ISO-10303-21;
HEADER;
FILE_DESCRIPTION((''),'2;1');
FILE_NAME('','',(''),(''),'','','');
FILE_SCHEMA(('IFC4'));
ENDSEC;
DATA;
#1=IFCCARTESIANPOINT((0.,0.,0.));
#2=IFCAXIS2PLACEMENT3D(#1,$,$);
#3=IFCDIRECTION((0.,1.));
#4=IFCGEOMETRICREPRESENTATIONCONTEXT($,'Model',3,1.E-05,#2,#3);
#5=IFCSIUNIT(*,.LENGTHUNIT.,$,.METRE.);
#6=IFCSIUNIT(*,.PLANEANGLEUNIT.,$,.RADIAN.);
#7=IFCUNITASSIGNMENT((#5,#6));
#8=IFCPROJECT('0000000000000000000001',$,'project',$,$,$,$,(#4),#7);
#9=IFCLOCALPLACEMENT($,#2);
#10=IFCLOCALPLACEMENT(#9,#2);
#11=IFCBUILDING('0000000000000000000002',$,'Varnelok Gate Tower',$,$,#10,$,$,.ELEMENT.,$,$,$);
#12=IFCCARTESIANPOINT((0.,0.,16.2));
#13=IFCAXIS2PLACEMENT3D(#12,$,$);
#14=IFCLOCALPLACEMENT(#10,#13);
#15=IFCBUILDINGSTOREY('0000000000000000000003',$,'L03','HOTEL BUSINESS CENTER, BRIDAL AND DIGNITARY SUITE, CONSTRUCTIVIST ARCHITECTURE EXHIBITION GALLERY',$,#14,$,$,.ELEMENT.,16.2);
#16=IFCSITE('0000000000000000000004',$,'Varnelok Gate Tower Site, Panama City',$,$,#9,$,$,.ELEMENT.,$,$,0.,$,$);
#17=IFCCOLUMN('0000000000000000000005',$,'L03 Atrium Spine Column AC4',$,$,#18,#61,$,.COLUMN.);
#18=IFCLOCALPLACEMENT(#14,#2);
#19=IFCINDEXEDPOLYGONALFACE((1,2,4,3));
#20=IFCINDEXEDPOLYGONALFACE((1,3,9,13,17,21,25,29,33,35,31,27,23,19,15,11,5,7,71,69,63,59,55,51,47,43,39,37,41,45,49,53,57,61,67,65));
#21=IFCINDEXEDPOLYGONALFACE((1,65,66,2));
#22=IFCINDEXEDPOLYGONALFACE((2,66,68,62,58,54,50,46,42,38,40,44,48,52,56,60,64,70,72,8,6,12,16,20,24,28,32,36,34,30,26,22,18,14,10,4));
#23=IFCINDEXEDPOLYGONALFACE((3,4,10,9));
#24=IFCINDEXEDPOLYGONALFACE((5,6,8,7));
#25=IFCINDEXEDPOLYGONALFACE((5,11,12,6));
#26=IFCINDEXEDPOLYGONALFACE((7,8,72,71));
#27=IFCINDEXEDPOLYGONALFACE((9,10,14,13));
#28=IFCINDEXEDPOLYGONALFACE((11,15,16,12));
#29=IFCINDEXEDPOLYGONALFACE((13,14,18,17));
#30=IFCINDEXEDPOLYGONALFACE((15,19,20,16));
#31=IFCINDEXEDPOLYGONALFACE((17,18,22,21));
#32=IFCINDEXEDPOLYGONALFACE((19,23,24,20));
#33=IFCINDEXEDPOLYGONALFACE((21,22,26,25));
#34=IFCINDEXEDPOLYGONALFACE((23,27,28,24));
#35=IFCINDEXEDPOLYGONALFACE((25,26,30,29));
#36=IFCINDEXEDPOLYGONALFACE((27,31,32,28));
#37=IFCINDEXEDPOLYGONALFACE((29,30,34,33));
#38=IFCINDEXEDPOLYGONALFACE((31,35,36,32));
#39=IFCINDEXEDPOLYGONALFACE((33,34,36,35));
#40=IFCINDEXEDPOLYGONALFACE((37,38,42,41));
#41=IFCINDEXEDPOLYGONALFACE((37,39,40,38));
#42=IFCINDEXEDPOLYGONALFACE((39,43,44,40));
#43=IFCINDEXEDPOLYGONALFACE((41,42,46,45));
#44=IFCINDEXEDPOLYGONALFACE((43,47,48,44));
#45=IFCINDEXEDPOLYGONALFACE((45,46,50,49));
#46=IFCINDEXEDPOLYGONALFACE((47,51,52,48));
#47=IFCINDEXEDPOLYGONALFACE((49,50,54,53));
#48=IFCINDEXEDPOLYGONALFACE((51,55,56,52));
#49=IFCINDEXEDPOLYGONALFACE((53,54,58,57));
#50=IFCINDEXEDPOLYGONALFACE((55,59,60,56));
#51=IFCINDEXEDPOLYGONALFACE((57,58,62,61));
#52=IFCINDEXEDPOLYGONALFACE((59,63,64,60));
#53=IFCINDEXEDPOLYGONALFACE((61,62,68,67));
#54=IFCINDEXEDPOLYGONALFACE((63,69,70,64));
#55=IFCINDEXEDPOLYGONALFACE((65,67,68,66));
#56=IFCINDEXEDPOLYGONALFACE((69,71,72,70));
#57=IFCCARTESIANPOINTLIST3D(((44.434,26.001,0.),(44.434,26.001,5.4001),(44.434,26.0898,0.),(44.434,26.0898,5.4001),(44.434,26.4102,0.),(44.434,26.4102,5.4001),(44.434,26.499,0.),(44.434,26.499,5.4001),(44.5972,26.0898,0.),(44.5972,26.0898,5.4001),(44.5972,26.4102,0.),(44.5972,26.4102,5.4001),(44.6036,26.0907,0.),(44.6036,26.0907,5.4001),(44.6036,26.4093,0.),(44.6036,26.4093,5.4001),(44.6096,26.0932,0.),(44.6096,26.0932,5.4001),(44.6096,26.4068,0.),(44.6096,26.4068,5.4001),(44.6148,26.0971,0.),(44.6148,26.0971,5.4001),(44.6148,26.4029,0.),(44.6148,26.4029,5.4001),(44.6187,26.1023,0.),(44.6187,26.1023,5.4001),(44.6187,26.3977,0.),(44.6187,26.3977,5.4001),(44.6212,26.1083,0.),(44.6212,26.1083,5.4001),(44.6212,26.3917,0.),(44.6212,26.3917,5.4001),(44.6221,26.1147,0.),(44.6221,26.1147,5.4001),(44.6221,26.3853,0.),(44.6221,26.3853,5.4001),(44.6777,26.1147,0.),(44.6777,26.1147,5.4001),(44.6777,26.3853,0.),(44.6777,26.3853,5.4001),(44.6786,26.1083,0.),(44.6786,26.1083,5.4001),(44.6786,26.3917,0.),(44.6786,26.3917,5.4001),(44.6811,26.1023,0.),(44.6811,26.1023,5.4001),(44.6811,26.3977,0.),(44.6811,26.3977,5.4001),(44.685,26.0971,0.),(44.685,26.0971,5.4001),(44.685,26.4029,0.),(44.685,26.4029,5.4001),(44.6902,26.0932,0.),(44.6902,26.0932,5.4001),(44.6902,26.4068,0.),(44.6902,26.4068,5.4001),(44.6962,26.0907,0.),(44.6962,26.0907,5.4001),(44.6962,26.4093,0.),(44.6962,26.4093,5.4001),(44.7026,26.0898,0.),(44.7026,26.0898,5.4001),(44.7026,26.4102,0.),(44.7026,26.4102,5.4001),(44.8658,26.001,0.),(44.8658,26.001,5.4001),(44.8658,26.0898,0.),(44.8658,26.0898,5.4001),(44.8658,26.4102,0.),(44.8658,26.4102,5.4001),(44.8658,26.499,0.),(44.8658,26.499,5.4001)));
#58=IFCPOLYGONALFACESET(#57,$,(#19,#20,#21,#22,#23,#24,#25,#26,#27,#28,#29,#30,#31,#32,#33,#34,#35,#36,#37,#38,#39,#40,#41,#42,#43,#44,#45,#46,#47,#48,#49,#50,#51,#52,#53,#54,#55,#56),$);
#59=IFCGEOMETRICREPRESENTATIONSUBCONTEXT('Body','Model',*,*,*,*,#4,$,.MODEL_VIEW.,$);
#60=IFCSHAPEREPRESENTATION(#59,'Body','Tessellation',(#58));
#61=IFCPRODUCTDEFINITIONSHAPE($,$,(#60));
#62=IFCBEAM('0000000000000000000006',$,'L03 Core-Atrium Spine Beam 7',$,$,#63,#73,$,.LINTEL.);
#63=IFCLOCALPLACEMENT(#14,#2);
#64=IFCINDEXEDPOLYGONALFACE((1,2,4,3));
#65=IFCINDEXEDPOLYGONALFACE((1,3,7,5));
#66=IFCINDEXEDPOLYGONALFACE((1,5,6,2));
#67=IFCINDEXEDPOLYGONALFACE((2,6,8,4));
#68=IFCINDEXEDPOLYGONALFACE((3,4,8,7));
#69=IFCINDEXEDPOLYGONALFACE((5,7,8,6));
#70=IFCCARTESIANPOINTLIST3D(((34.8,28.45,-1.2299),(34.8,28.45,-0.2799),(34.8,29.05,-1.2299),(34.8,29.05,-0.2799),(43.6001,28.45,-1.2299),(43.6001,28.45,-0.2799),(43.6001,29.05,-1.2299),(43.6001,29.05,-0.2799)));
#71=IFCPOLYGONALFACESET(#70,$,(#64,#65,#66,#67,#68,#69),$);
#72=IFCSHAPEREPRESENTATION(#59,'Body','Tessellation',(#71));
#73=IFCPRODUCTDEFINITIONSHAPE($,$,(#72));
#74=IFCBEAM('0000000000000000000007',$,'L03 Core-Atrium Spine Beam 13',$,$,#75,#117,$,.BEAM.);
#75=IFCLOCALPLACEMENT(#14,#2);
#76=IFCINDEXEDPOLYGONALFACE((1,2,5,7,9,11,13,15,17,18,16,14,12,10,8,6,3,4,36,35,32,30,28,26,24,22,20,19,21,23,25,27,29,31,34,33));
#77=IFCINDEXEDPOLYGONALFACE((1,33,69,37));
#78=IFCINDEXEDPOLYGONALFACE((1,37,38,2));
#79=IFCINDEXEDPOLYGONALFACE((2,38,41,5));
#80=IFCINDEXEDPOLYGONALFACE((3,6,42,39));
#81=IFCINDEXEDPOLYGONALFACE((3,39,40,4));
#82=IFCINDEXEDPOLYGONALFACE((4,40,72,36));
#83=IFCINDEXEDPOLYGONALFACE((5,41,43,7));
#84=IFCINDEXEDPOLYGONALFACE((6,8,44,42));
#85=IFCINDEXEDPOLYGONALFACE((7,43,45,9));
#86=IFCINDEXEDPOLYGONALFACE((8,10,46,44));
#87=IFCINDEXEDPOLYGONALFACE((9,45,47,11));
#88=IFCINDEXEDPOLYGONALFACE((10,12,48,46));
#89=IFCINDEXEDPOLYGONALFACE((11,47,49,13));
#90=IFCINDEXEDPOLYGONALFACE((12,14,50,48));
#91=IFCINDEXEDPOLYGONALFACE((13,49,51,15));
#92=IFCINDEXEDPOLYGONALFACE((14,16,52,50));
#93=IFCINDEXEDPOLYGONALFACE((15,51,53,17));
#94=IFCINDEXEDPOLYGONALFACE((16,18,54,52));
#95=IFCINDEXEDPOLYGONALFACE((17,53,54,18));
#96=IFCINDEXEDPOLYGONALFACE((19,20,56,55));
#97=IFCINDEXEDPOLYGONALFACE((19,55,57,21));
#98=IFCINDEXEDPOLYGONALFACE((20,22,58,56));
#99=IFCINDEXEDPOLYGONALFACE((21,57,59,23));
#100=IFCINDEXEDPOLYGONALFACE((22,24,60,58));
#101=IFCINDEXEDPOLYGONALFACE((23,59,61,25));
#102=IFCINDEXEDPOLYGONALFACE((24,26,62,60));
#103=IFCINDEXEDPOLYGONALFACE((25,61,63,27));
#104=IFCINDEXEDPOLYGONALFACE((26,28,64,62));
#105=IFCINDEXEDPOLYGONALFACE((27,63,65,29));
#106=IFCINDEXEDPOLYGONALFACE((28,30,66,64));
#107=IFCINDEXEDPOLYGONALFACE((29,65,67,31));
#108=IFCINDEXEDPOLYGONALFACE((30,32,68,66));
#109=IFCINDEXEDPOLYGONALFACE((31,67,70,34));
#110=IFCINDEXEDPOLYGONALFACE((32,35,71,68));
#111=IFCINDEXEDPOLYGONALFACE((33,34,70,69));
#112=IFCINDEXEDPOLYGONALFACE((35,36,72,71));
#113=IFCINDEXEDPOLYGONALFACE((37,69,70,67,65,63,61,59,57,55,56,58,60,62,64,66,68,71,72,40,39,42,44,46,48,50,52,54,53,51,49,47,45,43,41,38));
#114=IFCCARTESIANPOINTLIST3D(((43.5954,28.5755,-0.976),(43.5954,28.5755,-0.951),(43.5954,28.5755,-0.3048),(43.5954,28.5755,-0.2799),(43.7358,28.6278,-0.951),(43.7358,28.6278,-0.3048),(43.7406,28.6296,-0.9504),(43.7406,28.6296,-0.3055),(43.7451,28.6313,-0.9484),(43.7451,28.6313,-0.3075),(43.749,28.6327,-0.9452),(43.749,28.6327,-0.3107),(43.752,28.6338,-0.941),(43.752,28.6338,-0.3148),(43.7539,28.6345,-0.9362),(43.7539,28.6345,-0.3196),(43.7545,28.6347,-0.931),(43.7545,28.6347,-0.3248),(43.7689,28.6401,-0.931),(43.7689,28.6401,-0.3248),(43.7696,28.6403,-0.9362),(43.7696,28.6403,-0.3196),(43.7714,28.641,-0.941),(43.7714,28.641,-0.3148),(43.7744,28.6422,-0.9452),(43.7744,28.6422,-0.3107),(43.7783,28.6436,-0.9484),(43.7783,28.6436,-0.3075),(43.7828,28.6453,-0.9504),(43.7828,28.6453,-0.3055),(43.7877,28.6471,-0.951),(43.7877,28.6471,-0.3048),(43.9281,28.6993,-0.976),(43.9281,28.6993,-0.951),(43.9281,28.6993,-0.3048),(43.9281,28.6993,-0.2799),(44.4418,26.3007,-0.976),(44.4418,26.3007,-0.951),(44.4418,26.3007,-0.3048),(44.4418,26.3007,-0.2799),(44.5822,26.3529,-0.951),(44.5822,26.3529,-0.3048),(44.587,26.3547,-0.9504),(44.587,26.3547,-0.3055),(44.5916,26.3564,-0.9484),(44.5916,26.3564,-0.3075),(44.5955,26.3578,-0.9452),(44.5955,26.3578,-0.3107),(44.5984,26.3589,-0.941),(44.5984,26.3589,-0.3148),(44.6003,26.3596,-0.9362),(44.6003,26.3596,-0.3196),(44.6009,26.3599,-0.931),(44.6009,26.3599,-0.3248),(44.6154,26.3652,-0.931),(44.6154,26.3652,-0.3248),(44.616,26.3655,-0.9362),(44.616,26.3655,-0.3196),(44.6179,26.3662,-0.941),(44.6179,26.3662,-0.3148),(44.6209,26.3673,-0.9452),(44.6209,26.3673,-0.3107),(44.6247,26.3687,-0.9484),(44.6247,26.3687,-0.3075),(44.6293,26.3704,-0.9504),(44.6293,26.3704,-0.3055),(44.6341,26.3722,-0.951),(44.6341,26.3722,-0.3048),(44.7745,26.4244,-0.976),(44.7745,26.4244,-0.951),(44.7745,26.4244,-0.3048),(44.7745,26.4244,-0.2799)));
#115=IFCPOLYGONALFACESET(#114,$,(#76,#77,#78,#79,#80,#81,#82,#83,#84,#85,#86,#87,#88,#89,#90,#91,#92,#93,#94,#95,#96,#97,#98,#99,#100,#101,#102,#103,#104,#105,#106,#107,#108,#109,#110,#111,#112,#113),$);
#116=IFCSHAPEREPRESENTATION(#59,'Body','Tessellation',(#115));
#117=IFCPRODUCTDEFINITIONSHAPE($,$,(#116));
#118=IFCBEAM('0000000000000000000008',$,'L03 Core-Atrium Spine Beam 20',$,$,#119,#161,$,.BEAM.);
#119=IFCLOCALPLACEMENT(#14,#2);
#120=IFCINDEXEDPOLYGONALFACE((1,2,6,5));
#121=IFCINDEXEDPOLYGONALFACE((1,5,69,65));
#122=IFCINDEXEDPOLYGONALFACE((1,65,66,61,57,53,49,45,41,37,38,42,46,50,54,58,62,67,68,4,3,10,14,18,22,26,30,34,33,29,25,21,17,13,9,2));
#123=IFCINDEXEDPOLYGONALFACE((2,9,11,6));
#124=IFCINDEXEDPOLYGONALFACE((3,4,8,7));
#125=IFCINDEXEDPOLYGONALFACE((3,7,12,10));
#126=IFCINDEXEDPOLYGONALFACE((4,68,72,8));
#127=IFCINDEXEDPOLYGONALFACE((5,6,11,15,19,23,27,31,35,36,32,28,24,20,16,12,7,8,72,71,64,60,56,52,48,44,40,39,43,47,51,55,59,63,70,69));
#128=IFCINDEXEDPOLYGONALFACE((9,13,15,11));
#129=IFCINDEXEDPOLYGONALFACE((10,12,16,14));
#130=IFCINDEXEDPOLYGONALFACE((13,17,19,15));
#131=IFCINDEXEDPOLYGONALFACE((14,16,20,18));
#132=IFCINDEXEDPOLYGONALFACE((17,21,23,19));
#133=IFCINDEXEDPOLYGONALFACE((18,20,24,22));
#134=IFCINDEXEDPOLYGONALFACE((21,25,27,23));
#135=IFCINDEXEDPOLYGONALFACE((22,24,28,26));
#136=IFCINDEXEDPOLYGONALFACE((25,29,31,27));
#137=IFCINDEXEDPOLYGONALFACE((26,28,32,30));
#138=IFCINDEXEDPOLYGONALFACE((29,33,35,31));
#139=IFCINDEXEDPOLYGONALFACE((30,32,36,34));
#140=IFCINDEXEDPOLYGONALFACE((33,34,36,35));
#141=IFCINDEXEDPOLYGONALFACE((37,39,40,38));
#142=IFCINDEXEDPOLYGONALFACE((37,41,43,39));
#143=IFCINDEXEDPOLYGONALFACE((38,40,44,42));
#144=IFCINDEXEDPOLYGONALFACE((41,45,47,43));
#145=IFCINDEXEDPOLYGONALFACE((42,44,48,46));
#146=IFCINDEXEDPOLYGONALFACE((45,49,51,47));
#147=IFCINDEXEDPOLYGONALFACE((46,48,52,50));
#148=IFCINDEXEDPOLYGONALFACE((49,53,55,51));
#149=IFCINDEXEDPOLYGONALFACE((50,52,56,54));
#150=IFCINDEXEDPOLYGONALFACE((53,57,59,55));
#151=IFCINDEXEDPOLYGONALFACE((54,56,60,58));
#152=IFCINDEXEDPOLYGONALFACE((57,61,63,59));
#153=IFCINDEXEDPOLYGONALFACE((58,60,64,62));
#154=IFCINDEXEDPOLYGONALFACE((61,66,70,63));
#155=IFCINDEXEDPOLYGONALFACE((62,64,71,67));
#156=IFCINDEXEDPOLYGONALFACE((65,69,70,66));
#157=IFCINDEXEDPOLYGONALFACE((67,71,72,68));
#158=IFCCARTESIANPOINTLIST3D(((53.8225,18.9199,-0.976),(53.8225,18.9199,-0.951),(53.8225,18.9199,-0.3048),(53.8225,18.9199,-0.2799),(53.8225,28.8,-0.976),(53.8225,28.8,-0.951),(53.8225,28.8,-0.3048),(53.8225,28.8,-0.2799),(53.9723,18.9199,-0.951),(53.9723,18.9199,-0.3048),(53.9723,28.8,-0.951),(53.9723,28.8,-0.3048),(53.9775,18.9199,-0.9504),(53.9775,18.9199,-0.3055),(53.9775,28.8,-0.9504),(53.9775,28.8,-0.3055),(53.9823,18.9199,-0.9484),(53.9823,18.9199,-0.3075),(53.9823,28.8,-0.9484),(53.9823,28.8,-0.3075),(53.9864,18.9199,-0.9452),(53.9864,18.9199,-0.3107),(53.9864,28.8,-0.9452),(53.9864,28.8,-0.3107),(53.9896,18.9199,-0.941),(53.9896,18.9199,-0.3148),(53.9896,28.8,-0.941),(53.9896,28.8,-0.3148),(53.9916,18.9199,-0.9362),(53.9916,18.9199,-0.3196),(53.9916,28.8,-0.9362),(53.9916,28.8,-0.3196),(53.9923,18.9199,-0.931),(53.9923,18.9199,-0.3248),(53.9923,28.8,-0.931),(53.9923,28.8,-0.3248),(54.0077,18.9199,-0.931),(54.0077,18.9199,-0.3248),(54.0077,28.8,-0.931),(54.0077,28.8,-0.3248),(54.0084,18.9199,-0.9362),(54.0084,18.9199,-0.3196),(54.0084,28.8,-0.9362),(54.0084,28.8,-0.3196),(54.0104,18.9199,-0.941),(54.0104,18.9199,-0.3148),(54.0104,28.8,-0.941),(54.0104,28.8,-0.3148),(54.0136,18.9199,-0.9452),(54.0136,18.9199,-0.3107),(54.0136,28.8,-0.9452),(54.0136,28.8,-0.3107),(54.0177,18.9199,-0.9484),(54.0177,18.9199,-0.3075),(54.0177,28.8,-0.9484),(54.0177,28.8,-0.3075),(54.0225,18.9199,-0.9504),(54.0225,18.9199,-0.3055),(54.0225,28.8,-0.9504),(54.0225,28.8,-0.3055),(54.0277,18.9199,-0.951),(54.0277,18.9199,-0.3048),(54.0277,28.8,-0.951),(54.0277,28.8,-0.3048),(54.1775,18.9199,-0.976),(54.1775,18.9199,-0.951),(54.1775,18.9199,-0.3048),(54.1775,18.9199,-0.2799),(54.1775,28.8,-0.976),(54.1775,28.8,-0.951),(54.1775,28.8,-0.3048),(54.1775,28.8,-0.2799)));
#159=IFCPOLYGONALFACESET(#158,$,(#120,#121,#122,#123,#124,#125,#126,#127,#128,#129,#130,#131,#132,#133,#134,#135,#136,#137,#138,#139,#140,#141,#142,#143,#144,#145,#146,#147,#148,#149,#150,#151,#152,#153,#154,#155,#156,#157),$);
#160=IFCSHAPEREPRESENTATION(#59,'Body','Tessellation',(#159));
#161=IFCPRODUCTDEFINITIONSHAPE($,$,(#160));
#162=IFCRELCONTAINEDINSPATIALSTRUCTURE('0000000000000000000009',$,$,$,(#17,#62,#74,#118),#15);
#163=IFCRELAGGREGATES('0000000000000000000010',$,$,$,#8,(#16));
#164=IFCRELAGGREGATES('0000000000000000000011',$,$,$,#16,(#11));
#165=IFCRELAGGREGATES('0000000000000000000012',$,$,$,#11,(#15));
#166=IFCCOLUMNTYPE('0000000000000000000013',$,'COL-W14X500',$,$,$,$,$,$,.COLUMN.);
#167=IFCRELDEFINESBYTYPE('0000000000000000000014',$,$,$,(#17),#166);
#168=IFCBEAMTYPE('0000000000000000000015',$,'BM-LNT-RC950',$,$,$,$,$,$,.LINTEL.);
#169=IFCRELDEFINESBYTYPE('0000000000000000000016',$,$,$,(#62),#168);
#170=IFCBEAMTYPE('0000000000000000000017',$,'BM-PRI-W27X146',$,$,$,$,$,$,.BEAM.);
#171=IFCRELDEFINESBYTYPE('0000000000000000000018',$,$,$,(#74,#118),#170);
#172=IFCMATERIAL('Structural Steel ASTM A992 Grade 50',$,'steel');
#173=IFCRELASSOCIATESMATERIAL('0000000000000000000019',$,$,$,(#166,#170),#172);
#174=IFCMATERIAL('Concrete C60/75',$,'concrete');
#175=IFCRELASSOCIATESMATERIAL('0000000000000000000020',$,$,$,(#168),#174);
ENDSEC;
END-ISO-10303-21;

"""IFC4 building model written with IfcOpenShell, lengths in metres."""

from ifc_helpers import new_model, si_unit, direction, frame, origin, origin_2d, place, context, subcontext, project, spatial, rectangle, i_section, extrude, material, material_profile, profile_set, type_object, element, save


model = new_model("IFC4")

# Units and contexts
model_context = context("Model", 3, precision=1e-05, world=origin(), true_north=direction((0.0, 1.0)))
body_context = subcontext(model_context, "Body", "Model", "MODEL_VIEW")
ifc_project = project(units=[si_unit("LENGTHUNIT", "METRE"), si_unit("PLANEANGLEUNIT", "RADIAN")], contexts=[model_context])

# Site, building, storey
site_placement = place(None, origin())
site = spatial("IfcSite", under=ifc_project, at=site_placement, Name="Varnelok Gate Tower Site, Panama City", CompositionType="ELEMENT", RefElevation=0.0)
building_placement = place(site_placement, origin())
building = spatial("IfcBuilding", under=site, at=building_placement, Name="Varnelok Gate Tower", CompositionType="ELEMENT")
storey_placement = place(building_placement, frame((0.0, 0.0, 16.2)))
storey = spatial("IfcBuildingStorey", under=building, at=storey_placement, Name="L03", Description="HOTEL BUSINESS CENTER, BRIDAL AND DIGNITARY SUITE, CONSTRUCTIVIST ARCHITECTURE EXHIBITION GALLERY", CompositionType="ELEMENT", Elevation=16.2)

# Column
ifc_material_1 = material(Name="Concrete C60/75", Category="concrete")
ifc_material_2 = material(Name="Structural Steel ASTM A992 Grade 50", Category="steel")
ifc_material_profile_1 = material_profile(ifc_material_2, i_section(OverallWidth=0.4319, OverallDepth=0.498, WebThickness=0.0557, FlangeThickness=0.0889, FilletRadius=0.0249, at=origin_2d()), Name="W14X500")
ifc_profile_set_1 = profile_set([ifc_material_profile_1], Name="Structural Steel ASTM A992 Grade 50")
column_type_1 = type_object("IfcColumnType", Name="COL-W14X500", PredefinedType="COLUMN", material=ifc_profile_set_1)
for number, where, z_axis, x_axis, name in (
    (1, (44.6499, 26.25, 0.0), (0.0, 0.0, 1.0), (1.0, 0.0, 0.0), "L03 Atrium Spine Column AC4"),
):
    element("IfcColumn", number, at=place(storey_placement, frame(where, z_axis=z_axis, x_axis=x_axis)), inside=storey, type_object=column_type_1, Name=name, PredefinedType="COLUMN", context=body_context, shape_type="SweptSolid", body=[
        extrude(i_section(OverallWidth=0.4319, OverallDepth=0.498, WebThickness=0.0557, FlangeThickness=0.0889, FilletRadius=0.0249, at=origin_2d()), origin(), (0.0, 0.0, 1.0), 5.4001),
    ])

# Beams
ifc_material_profile_2 = material_profile(ifc_material_1, rectangle(XDim=0.6001, YDim=0.95, at=origin_2d()), Name="RC950X600")
ifc_profile_set_2 = profile_set([ifc_material_profile_2], Name="Concrete C60/75")
beam_type_1 = type_object("IfcBeamType", Name="BM-LNT-RC950", PredefinedType="LINTEL", material=ifc_profile_set_2)
beam_1_placement = place(storey_placement, frame((34.8, 28.75, -0.7549), z_axis=(1.0, 0.0, 0.0), x_axis=(0.0, 1.0, 0.0)))
element("IfcBeam", 2, at=beam_1_placement, inside=storey, type_object=beam_type_1, Name="L03 Core-Atrium Spine Beam 7", PredefinedType="LINTEL", context=body_context, shape_type="SweptSolid", body=[
    extrude(rectangle(XDim=0.6001, YDim=0.95, at=origin_2d()), origin(), (0.0, 0.0, 1.0), 8.8),
])
ifc_material_profile_3 = material_profile(ifc_material_2, i_section(OverallWidth=0.355, OverallDepth=0.696, WebThickness=0.0154, FlangeThickness=0.0249, FilletRadius=0.02, at=origin_2d()), Name="W27X146")
ifc_profile_set_3 = profile_set([ifc_material_profile_3], Name="Structural Steel ASTM A992 Grade 50")
beam_type_2 = type_object("IfcBeamType", Name="BM-PRI-W27X146", PredefinedType="BEAM", material=ifc_profile_set_3)
beam_2_placement = place(storey_placement, frame((44.6082, 26.3625, -0.6279), z_axis=(-0.348719, 0.937227, 0.0), x_axis=(-0.937227, -0.348719, 0.0)))
element("IfcBeam", 3, at=beam_2_placement, inside=storey, type_object=beam_type_2, Name="L03 Core-Atrium Spine Beam 13", PredefinedType="BEAM", context=body_context, shape_type="SweptSolid", body=[
    extrude(i_section(OverallWidth=0.355, OverallDepth=0.696, WebThickness=0.0154, FlangeThickness=0.0249, FilletRadius=0.02, at=origin_2d()), origin(), (0.0, 0.0, 1.0), 2.4272),
])
beam_3_placement = place(storey_placement, frame((54.0, 18.9199, -0.6279), z_axis=(0.0, 1.0, 0.0), x_axis=(-1.0, 0.0, 0.0)))
element("IfcBeam", 4, at=beam_3_placement, inside=storey, type_object=beam_type_2, Name="L03 Core-Atrium Spine Beam 20", PredefinedType="BEAM", context=body_context, shape_type="SweptSolid", body=[
    extrude(i_section(OverallWidth=0.355, OverallDepth=0.696, WebThickness=0.0154, FlangeThickness=0.0249, FilletRadius=0.02, at=origin_2d()), origin(), (0.0, 0.0, 1.0), 9.8801),
])

save(model, "model.ifc")
